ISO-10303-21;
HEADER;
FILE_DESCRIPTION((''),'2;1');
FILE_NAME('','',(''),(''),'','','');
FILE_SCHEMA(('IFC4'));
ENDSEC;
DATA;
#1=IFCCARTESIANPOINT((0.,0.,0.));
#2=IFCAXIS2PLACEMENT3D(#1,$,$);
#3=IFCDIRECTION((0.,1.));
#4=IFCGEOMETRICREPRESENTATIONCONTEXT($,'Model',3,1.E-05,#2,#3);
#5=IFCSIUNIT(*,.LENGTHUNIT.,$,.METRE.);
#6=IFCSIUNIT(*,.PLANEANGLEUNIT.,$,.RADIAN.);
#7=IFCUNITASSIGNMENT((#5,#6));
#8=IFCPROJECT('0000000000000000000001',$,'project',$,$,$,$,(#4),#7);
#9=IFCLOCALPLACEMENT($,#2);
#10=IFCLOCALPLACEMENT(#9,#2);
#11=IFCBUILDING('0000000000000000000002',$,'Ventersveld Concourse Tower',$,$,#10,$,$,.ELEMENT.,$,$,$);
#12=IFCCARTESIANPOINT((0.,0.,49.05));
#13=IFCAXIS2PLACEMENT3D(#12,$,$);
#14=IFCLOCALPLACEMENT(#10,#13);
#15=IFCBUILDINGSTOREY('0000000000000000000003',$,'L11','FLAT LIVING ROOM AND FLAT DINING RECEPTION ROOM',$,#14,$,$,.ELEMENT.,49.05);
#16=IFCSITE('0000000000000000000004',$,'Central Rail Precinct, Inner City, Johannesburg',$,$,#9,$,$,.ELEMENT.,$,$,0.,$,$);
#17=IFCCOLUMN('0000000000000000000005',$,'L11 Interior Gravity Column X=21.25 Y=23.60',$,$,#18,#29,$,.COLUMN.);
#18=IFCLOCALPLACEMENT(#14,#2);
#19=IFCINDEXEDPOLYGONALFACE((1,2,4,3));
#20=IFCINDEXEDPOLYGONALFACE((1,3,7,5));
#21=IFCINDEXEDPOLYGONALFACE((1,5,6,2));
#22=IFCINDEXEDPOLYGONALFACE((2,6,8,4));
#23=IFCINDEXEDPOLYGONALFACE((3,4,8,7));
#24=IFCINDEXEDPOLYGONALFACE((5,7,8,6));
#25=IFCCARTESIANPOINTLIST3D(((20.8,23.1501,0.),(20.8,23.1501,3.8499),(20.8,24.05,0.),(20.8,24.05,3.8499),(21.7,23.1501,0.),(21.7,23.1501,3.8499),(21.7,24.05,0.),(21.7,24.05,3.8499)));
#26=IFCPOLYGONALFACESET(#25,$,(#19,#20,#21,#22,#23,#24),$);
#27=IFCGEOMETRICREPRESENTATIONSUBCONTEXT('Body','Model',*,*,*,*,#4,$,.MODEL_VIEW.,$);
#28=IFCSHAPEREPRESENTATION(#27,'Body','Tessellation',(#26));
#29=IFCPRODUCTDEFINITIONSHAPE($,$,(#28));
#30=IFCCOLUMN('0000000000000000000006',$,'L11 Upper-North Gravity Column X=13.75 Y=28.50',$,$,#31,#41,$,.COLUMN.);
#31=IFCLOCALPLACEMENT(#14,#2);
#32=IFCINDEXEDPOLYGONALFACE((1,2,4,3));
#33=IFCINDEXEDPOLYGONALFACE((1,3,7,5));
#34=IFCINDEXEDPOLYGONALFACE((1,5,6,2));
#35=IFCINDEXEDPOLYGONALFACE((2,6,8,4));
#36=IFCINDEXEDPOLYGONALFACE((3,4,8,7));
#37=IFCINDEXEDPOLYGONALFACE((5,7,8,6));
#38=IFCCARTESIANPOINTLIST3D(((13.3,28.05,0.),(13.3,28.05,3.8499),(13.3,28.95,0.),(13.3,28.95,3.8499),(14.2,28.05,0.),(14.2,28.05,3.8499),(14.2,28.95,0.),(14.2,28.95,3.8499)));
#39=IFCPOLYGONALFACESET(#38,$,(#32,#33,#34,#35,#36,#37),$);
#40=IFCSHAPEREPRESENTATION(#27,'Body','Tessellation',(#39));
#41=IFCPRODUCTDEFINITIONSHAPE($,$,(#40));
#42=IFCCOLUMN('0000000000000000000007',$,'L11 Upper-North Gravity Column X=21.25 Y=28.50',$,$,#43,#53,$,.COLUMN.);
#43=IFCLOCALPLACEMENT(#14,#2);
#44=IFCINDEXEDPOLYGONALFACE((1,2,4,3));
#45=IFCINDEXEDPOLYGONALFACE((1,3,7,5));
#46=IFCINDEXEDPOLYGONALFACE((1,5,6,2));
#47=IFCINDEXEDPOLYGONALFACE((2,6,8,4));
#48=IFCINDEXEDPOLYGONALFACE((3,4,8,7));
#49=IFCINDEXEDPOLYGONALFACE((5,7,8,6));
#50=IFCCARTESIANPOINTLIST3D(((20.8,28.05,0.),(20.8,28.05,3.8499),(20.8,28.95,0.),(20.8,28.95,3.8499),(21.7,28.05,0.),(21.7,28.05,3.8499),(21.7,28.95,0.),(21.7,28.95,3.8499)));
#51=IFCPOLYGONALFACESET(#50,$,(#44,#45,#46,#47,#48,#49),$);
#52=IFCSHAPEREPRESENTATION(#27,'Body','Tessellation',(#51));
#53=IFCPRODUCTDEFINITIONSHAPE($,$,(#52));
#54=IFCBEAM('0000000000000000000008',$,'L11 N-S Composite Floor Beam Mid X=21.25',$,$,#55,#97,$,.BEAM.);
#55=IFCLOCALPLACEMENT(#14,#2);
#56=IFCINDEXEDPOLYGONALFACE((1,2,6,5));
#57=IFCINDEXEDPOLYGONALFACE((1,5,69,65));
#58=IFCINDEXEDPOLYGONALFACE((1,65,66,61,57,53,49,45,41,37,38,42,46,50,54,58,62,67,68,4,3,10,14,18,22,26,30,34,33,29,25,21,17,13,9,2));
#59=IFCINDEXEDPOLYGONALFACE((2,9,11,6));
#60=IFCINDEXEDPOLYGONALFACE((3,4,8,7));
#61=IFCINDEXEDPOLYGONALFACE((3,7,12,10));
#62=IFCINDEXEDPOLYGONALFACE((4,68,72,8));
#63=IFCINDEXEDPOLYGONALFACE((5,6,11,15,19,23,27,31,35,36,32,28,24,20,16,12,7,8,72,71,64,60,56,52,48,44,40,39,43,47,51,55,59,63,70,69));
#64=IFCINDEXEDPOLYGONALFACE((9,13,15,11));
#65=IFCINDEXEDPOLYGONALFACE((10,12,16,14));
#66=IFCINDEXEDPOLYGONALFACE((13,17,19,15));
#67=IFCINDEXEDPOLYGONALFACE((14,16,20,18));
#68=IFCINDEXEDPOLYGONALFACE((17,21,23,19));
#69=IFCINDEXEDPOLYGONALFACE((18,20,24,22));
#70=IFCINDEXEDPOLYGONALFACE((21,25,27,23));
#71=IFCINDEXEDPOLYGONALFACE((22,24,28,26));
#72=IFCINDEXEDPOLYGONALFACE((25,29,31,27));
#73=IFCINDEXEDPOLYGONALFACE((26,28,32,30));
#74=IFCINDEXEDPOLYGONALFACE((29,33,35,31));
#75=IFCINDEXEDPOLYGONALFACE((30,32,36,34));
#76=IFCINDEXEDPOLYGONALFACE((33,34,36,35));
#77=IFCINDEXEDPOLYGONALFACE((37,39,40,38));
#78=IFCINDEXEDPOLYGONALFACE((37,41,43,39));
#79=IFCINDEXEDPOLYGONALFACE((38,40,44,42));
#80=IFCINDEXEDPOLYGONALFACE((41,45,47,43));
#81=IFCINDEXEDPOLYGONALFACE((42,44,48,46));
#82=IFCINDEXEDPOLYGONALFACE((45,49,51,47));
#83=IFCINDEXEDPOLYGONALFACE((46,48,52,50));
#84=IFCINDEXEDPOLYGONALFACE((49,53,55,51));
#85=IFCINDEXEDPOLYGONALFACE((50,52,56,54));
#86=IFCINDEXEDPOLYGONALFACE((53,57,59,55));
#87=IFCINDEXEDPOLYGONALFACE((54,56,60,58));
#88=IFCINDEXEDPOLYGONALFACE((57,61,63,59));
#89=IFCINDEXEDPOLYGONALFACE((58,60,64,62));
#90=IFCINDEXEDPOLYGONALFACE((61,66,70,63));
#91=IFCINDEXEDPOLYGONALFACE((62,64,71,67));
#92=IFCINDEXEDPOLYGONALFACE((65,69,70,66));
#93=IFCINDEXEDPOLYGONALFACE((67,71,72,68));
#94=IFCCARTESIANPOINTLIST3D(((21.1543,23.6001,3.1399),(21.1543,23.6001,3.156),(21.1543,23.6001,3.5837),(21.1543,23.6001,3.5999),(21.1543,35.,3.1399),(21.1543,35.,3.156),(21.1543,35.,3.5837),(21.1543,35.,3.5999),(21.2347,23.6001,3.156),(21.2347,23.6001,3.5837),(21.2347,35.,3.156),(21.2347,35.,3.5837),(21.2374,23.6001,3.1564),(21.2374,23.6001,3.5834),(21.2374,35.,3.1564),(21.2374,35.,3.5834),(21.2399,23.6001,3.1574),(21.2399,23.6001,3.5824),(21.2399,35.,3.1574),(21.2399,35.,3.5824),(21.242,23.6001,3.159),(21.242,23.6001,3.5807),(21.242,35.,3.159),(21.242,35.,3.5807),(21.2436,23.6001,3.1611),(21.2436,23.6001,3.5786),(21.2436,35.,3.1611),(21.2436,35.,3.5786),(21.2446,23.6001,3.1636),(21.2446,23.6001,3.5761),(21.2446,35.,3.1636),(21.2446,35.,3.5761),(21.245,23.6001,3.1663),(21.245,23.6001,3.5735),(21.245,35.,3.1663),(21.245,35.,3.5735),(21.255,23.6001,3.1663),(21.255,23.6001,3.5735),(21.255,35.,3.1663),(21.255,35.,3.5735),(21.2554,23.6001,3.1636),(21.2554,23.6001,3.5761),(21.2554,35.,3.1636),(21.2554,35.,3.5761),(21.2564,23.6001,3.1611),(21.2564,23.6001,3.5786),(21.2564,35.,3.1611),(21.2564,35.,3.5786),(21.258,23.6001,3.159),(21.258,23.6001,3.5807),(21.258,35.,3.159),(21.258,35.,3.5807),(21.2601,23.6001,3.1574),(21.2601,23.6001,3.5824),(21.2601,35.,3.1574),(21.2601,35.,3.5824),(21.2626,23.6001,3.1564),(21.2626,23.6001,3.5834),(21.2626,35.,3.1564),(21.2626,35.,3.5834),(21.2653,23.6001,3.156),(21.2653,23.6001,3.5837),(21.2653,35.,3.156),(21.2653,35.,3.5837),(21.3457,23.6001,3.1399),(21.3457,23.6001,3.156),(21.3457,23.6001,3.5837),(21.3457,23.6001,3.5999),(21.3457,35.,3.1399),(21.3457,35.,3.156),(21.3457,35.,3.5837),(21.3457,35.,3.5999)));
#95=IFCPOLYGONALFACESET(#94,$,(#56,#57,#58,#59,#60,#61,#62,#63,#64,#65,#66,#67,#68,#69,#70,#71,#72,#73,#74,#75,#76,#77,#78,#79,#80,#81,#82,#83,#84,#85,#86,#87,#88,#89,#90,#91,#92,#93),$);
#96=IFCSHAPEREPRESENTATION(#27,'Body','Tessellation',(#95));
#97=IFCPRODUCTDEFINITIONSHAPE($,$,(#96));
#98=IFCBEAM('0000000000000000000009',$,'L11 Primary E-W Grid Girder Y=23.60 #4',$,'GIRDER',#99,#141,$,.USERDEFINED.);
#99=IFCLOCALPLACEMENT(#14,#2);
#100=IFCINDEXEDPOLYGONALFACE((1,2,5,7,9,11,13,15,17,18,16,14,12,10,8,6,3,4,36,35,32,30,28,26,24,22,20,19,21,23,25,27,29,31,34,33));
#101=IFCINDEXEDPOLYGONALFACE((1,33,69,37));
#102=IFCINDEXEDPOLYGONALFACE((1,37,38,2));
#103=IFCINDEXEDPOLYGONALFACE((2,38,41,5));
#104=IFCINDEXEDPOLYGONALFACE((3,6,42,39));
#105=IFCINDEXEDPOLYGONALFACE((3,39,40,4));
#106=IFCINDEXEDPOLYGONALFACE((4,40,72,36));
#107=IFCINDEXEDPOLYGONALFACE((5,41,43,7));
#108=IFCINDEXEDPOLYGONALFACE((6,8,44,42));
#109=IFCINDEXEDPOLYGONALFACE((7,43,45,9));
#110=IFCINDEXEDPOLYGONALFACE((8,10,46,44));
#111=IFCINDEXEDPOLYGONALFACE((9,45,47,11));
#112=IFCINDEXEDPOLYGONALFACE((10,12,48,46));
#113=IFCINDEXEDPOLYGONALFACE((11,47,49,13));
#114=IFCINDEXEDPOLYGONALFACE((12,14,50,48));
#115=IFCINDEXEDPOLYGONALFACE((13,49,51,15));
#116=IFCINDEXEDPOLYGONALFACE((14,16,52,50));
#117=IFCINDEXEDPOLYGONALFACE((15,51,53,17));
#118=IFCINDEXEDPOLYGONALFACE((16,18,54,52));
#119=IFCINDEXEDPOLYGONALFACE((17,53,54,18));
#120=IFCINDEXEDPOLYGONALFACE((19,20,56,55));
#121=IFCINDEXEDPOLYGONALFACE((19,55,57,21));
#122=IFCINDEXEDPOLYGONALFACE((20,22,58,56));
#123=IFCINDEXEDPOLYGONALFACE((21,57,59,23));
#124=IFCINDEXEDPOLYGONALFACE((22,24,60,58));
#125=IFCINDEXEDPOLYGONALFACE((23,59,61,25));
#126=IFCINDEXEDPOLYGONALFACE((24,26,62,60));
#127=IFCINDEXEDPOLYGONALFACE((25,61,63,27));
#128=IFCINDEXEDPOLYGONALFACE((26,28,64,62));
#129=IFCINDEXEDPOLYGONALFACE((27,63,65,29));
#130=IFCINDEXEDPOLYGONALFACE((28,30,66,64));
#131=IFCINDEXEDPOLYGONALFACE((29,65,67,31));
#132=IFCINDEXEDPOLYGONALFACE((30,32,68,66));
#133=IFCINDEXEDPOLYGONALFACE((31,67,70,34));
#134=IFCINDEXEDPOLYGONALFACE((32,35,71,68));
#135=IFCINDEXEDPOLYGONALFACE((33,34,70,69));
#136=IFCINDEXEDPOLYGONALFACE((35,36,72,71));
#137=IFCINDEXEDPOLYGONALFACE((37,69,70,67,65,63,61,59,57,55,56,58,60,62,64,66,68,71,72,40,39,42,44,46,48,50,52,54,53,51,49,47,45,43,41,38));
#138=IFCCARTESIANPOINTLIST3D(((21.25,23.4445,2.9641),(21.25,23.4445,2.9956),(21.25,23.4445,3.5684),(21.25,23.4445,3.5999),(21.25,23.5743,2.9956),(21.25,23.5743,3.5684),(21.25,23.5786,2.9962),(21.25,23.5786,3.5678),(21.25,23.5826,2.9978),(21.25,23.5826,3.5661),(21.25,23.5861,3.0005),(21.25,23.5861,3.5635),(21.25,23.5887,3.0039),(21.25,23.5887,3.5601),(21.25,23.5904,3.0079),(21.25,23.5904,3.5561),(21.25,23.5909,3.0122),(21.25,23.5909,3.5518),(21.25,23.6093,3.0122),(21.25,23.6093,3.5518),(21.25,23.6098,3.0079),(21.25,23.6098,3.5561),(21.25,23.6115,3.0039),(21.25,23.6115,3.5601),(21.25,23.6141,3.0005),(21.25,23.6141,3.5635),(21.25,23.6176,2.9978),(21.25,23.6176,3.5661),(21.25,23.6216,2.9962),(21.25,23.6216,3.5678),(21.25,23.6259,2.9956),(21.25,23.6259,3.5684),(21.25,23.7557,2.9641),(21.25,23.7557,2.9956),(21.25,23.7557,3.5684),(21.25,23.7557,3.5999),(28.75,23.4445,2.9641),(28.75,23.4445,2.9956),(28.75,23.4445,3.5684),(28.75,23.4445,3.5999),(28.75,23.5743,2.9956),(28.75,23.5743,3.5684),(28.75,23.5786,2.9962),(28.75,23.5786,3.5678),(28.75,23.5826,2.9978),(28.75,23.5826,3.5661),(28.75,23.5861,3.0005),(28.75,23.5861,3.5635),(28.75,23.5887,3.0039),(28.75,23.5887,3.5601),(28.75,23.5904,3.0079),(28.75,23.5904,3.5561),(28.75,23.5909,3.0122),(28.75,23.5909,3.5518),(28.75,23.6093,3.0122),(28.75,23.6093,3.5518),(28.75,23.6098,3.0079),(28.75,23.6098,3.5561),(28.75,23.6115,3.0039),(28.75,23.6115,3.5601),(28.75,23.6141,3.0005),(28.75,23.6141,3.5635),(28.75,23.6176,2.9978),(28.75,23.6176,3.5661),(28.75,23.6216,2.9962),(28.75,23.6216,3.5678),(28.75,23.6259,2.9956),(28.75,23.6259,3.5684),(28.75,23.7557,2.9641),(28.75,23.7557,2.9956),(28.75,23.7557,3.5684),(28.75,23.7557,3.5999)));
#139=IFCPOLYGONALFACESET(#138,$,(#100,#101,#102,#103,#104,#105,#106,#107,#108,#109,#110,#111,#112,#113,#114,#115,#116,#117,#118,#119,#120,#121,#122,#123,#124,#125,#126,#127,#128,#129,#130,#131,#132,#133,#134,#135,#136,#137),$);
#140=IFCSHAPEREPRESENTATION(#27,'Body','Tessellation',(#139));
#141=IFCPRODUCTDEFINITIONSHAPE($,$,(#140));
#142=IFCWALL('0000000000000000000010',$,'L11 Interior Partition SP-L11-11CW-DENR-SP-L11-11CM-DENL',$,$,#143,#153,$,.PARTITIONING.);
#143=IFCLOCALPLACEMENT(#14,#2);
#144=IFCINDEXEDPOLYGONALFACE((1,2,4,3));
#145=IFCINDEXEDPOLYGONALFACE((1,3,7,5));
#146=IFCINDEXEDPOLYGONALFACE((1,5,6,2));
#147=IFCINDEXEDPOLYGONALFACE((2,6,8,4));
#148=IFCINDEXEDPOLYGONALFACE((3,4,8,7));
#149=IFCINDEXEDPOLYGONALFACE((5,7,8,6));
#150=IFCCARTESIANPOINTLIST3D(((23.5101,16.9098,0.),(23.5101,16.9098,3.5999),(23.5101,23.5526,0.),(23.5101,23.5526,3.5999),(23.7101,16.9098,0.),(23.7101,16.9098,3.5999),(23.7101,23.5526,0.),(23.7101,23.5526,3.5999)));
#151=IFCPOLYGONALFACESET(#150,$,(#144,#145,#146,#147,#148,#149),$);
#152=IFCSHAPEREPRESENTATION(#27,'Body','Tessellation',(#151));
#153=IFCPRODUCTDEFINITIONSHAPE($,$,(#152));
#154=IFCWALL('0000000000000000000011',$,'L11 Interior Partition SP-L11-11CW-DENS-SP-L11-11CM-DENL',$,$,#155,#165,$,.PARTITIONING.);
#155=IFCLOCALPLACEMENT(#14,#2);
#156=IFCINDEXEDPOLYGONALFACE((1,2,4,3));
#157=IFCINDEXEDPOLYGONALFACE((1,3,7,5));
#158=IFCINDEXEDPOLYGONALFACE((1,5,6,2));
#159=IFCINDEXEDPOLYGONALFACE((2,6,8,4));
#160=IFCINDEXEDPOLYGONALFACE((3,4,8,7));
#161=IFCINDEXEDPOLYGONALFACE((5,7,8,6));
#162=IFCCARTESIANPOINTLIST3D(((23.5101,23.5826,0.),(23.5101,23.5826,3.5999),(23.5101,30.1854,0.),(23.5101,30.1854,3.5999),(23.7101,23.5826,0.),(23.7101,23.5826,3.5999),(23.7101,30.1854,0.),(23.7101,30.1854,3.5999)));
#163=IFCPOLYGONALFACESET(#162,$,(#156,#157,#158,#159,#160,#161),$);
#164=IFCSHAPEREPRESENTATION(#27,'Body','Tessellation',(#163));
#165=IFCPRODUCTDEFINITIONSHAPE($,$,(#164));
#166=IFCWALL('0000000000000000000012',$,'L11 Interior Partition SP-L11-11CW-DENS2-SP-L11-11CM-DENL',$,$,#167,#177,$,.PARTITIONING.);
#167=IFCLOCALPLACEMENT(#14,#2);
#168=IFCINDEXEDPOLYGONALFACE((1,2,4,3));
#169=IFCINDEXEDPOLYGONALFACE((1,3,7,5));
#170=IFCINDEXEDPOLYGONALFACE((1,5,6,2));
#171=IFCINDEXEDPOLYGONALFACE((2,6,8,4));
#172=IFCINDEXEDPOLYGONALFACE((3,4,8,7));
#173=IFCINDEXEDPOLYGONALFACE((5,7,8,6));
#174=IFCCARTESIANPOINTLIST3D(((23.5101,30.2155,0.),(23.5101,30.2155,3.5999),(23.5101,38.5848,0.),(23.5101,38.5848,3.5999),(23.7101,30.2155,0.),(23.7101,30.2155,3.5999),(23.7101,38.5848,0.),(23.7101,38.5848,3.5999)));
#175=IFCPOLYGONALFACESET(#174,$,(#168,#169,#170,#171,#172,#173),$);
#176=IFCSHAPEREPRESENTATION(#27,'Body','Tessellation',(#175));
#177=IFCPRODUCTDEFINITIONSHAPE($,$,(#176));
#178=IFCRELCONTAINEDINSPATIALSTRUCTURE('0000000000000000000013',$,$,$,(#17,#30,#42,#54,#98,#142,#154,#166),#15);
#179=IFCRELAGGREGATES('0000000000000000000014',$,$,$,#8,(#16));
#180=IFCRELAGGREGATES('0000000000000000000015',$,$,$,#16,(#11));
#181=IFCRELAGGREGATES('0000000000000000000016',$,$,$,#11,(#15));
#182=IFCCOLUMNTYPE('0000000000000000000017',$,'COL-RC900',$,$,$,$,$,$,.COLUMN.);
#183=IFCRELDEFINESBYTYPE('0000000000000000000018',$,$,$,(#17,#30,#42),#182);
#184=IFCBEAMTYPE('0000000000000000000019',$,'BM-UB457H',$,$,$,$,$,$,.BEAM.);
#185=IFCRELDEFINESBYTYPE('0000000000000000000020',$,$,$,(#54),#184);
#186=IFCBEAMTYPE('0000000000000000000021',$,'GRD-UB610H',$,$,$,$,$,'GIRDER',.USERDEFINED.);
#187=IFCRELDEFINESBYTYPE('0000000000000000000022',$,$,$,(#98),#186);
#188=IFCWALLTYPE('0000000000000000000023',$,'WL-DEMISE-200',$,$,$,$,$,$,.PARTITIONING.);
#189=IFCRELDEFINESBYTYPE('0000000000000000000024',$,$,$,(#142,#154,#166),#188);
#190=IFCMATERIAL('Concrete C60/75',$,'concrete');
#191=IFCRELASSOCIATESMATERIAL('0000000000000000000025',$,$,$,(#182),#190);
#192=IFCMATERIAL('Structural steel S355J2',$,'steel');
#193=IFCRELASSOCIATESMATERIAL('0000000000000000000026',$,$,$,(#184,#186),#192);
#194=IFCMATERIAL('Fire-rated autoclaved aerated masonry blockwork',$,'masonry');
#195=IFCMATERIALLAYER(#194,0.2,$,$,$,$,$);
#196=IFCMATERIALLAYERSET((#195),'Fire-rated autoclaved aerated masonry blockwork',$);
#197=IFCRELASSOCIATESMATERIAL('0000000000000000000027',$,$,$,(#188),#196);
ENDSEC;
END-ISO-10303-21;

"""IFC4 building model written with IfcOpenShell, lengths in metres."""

from ifc_helpers import new_model, si_unit, direction, frame, frame_2d, origin, origin_2d, place, context, subcontext, project, spatial, rectangle, i_section, extrude, material, layer, layer_set, material_profile, profile_set, type_object, element, save


model = new_model("IFC4")

# Units and contexts
model_context = context("Model", 3, precision=1e-05, world=origin(), true_north=direction((0.0, 1.0)))
body_context = subcontext(model_context, "Body", "Model", "MODEL_VIEW")
ifc_project = project(units=[si_unit("LENGTHUNIT", "METRE"), si_unit("PLANEANGLEUNIT", "RADIAN")], contexts=[model_context])

# Site, building, storey
site_placement = place(None, origin())
site = spatial("IfcSite", under=ifc_project, at=site_placement, Name="Central Rail Precinct, Inner City, Johannesburg", CompositionType="ELEMENT", RefElevation=0.0)
building_placement = place(site_placement, origin())
building = spatial("IfcBuilding", under=site, at=building_placement, Name="Ventersveld Concourse Tower", CompositionType="ELEMENT")
storey_placement = place(building_placement, frame((0.0, 0.0, 49.05)))
storey = spatial("IfcBuildingStorey", under=building, at=storey_placement, Name="L11", Description="FLAT LIVING ROOM AND FLAT DINING RECEPTION ROOM", CompositionType="ELEMENT", Elevation=49.05)

# Columns
ifc_material_1 = material(Name="Concrete C60/75", Category="concrete")
ifc_material_profile_1 = material_profile(ifc_material_1, rectangle(XDim=0.8999, YDim=0.8999, at=origin_2d()), Name="RC 900x900")
ifc_profile_set_1 = profile_set([ifc_material_profile_1], Name="Concrete C60/75")
column_type = type_object("IfcColumnType", Name="COL-RC900", PredefinedType="COLUMN", material=ifc_profile_set_1)
for number, where, z_axis, x_axis, name in (
    (1, (21.25, 23.6001, 0.0), (0.0, 0.0, 1.0), (1.0, 0.0, 0.0), "L11 Interior Gravity Column X=21.25 Y=23.60"),
    (2, (13.75, 28.5, 0.0), (0.0, 0.0, 1.0), (1.0, 0.0, 0.0), "L11 Upper-North Gravity Column X=13.75 Y=28.50"),
    (3, (21.25, 28.5, 0.0), (0.0, 0.0, 1.0), (1.0, 0.0, 0.0), "L11 Upper-North Gravity Column X=21.25 Y=28.50"),
):
    element("IfcColumn", number, at=place(storey_placement, frame(where, z_axis=z_axis, x_axis=x_axis)), inside=storey, type_object=column_type, Name=name, PredefinedType="COLUMN", context=body_context, shape_type="SweptSolid", body=[
        extrude(rectangle(XDim=0.8999, YDim=0.8999, at=origin_2d()), origin(), (0.0, 0.0, 1.0), 3.8499),
    ])

# Beams
ifc_material_2 = material(Name="Structural steel S355J2", Category="steel")
ifc_material_profile_2 = material_profile(ifc_material_2, i_section(OverallWidth=0.1914, OverallDepth=0.46, WebThickness=0.01, FlangeThickness=0.0161, FilletRadius=0.0103, at=origin_2d()), Name="UB 457x191x82")
ifc_profile_set_2 = profile_set([ifc_material_profile_2], Name="Structural steel S355J2")
beam_type_1 = type_object("IfcBeamType", Name="BM-UB457H", PredefinedType="BEAM", material=ifc_profile_set_2)
beam_1_placement = place(storey_placement, frame((21.25, 23.6001, 3.3699), z_axis=(0.0, 1.0, 0.0), x_axis=(-1.0, 0.0, 0.0)))
element("IfcBeam", 4, at=beam_1_placement, inside=storey, type_object=beam_type_1, Name="L11 N-S Composite Floor Beam Mid X=21.25", PredefinedType="BEAM", context=body_context, shape_type="SweptSolid", body=[
    extrude(i_section(OverallWidth=0.1914, OverallDepth=0.46, WebThickness=0.01, FlangeThickness=0.0161, FilletRadius=0.0103, at=origin_2d()), origin(), (0.0, 0.0, 1.0), 11.3999),
])
ifc_material_profile_3 = material_profile(ifc_material_2, i_section(OverallWidth=0.3113, OverallDepth=0.6357, WebThickness=0.0183, FlangeThickness=0.0315, FilletRadius=0.0166, at=origin_2d()), Name="UB 610x305x238")
ifc_profile_set_3 = profile_set([ifc_material_profile_3], Name="Structural steel S355J2")
beam_type_2 = type_object("IfcBeamType", Name="GRD-UB610H", ElementType="GIRDER", PredefinedType="USERDEFINED", material=ifc_profile_set_3)
beam_2_placement = place(storey_placement, frame((21.25, 23.6001, 3.282), z_axis=(1.0, 0.0, 0.0), x_axis=(0.0, 1.0, 0.0)))
element("IfcBeam", 5, at=beam_2_placement, inside=storey, type_object=beam_type_2, Name="L11 Primary E-W Grid Girder Y=23.60 #4", ObjectType="GIRDER", PredefinedType="USERDEFINED", context=body_context, shape_type="SweptSolid", body=[
    extrude(i_section(OverallWidth=0.3113, OverallDepth=0.6357, WebThickness=0.0183, FlangeThickness=0.0315, FilletRadius=0.0166, at=origin_2d()), origin(), (0.0, 0.0, 1.0), 7.5),
])

# Walls
ifc_material_3 = material(Name="Fire-rated autoclaved aerated masonry blockwork", Category="masonry")
ifc_layer_1 = layer(ifc_material_3, 0.2)
ifc_layer_set_1 = layer_set([ifc_layer_1], Name="Fire-rated autoclaved aerated masonry blockwork")
wall_type_1 = type_object("IfcWallType", Name="WL-DEMISE-200", PredefinedType="PARTITIONING", material=ifc_layer_set_1)
wall_1_placement = place(storey_placement, frame((23.6101, 16.9099, 0.0), z_axis=(0.0, 0.0, 1.0), x_axis=(0.0, 1.0, 0.0)))
element("IfcWall", 6, at=wall_1_placement, inside=storey, type_object=wall_type_1, Name="L11 Interior Partition SP-L11-11CW-DENR-SP-L11-11CM-DENL", PredefinedType="PARTITIONING", context=body_context, shape_type="SweptSolid", body=[
    extrude(rectangle(XDim=6.6428, YDim=0.2, at=frame_2d((3.3213, 0.0))), origin(), (0.0, 0.0, 1.0), 3.5999),
])
wall_2_placement = place(storey_placement, frame((23.6101, 23.5828, 0.0), z_axis=(0.0, 0.0, 1.0), x_axis=(0.0, 1.0, 0.0)))
element("IfcWall", 7, at=wall_2_placement, inside=storey, type_object=wall_type_1, Name="L11 Interior Partition SP-L11-11CW-DENS-SP-L11-11CM-DENL", PredefinedType="PARTITIONING", context=body_context, shape_type="SweptSolid", body=[
    extrude(rectangle(XDim=6.6028, YDim=0.2, at=frame_2d((3.3013, 0.0))), origin(), (0.0, 0.0, 1.0), 3.5999),
])
wall_3_placement = place(storey_placement, frame((23.6101, 30.2156, 0.0), z_axis=(0.0, 0.0, 1.0), x_axis=(0.0, 1.0, 0.0)))
element("IfcWall", 8, at=wall_3_placement, inside=storey, type_object=wall_type_1, Name="L11 Interior Partition SP-L11-11CW-DENS2-SP-L11-11CM-DENL", PredefinedType="PARTITIONING", context=body_context, shape_type="SweptSolid", body=[
    extrude(rectangle(XDim=8.3694, YDim=0.2, at=frame_2d((4.1846, 0.0))), origin(), (0.0, 0.0, 1.0), 3.5999),
])

save(model, "model.ifc")
